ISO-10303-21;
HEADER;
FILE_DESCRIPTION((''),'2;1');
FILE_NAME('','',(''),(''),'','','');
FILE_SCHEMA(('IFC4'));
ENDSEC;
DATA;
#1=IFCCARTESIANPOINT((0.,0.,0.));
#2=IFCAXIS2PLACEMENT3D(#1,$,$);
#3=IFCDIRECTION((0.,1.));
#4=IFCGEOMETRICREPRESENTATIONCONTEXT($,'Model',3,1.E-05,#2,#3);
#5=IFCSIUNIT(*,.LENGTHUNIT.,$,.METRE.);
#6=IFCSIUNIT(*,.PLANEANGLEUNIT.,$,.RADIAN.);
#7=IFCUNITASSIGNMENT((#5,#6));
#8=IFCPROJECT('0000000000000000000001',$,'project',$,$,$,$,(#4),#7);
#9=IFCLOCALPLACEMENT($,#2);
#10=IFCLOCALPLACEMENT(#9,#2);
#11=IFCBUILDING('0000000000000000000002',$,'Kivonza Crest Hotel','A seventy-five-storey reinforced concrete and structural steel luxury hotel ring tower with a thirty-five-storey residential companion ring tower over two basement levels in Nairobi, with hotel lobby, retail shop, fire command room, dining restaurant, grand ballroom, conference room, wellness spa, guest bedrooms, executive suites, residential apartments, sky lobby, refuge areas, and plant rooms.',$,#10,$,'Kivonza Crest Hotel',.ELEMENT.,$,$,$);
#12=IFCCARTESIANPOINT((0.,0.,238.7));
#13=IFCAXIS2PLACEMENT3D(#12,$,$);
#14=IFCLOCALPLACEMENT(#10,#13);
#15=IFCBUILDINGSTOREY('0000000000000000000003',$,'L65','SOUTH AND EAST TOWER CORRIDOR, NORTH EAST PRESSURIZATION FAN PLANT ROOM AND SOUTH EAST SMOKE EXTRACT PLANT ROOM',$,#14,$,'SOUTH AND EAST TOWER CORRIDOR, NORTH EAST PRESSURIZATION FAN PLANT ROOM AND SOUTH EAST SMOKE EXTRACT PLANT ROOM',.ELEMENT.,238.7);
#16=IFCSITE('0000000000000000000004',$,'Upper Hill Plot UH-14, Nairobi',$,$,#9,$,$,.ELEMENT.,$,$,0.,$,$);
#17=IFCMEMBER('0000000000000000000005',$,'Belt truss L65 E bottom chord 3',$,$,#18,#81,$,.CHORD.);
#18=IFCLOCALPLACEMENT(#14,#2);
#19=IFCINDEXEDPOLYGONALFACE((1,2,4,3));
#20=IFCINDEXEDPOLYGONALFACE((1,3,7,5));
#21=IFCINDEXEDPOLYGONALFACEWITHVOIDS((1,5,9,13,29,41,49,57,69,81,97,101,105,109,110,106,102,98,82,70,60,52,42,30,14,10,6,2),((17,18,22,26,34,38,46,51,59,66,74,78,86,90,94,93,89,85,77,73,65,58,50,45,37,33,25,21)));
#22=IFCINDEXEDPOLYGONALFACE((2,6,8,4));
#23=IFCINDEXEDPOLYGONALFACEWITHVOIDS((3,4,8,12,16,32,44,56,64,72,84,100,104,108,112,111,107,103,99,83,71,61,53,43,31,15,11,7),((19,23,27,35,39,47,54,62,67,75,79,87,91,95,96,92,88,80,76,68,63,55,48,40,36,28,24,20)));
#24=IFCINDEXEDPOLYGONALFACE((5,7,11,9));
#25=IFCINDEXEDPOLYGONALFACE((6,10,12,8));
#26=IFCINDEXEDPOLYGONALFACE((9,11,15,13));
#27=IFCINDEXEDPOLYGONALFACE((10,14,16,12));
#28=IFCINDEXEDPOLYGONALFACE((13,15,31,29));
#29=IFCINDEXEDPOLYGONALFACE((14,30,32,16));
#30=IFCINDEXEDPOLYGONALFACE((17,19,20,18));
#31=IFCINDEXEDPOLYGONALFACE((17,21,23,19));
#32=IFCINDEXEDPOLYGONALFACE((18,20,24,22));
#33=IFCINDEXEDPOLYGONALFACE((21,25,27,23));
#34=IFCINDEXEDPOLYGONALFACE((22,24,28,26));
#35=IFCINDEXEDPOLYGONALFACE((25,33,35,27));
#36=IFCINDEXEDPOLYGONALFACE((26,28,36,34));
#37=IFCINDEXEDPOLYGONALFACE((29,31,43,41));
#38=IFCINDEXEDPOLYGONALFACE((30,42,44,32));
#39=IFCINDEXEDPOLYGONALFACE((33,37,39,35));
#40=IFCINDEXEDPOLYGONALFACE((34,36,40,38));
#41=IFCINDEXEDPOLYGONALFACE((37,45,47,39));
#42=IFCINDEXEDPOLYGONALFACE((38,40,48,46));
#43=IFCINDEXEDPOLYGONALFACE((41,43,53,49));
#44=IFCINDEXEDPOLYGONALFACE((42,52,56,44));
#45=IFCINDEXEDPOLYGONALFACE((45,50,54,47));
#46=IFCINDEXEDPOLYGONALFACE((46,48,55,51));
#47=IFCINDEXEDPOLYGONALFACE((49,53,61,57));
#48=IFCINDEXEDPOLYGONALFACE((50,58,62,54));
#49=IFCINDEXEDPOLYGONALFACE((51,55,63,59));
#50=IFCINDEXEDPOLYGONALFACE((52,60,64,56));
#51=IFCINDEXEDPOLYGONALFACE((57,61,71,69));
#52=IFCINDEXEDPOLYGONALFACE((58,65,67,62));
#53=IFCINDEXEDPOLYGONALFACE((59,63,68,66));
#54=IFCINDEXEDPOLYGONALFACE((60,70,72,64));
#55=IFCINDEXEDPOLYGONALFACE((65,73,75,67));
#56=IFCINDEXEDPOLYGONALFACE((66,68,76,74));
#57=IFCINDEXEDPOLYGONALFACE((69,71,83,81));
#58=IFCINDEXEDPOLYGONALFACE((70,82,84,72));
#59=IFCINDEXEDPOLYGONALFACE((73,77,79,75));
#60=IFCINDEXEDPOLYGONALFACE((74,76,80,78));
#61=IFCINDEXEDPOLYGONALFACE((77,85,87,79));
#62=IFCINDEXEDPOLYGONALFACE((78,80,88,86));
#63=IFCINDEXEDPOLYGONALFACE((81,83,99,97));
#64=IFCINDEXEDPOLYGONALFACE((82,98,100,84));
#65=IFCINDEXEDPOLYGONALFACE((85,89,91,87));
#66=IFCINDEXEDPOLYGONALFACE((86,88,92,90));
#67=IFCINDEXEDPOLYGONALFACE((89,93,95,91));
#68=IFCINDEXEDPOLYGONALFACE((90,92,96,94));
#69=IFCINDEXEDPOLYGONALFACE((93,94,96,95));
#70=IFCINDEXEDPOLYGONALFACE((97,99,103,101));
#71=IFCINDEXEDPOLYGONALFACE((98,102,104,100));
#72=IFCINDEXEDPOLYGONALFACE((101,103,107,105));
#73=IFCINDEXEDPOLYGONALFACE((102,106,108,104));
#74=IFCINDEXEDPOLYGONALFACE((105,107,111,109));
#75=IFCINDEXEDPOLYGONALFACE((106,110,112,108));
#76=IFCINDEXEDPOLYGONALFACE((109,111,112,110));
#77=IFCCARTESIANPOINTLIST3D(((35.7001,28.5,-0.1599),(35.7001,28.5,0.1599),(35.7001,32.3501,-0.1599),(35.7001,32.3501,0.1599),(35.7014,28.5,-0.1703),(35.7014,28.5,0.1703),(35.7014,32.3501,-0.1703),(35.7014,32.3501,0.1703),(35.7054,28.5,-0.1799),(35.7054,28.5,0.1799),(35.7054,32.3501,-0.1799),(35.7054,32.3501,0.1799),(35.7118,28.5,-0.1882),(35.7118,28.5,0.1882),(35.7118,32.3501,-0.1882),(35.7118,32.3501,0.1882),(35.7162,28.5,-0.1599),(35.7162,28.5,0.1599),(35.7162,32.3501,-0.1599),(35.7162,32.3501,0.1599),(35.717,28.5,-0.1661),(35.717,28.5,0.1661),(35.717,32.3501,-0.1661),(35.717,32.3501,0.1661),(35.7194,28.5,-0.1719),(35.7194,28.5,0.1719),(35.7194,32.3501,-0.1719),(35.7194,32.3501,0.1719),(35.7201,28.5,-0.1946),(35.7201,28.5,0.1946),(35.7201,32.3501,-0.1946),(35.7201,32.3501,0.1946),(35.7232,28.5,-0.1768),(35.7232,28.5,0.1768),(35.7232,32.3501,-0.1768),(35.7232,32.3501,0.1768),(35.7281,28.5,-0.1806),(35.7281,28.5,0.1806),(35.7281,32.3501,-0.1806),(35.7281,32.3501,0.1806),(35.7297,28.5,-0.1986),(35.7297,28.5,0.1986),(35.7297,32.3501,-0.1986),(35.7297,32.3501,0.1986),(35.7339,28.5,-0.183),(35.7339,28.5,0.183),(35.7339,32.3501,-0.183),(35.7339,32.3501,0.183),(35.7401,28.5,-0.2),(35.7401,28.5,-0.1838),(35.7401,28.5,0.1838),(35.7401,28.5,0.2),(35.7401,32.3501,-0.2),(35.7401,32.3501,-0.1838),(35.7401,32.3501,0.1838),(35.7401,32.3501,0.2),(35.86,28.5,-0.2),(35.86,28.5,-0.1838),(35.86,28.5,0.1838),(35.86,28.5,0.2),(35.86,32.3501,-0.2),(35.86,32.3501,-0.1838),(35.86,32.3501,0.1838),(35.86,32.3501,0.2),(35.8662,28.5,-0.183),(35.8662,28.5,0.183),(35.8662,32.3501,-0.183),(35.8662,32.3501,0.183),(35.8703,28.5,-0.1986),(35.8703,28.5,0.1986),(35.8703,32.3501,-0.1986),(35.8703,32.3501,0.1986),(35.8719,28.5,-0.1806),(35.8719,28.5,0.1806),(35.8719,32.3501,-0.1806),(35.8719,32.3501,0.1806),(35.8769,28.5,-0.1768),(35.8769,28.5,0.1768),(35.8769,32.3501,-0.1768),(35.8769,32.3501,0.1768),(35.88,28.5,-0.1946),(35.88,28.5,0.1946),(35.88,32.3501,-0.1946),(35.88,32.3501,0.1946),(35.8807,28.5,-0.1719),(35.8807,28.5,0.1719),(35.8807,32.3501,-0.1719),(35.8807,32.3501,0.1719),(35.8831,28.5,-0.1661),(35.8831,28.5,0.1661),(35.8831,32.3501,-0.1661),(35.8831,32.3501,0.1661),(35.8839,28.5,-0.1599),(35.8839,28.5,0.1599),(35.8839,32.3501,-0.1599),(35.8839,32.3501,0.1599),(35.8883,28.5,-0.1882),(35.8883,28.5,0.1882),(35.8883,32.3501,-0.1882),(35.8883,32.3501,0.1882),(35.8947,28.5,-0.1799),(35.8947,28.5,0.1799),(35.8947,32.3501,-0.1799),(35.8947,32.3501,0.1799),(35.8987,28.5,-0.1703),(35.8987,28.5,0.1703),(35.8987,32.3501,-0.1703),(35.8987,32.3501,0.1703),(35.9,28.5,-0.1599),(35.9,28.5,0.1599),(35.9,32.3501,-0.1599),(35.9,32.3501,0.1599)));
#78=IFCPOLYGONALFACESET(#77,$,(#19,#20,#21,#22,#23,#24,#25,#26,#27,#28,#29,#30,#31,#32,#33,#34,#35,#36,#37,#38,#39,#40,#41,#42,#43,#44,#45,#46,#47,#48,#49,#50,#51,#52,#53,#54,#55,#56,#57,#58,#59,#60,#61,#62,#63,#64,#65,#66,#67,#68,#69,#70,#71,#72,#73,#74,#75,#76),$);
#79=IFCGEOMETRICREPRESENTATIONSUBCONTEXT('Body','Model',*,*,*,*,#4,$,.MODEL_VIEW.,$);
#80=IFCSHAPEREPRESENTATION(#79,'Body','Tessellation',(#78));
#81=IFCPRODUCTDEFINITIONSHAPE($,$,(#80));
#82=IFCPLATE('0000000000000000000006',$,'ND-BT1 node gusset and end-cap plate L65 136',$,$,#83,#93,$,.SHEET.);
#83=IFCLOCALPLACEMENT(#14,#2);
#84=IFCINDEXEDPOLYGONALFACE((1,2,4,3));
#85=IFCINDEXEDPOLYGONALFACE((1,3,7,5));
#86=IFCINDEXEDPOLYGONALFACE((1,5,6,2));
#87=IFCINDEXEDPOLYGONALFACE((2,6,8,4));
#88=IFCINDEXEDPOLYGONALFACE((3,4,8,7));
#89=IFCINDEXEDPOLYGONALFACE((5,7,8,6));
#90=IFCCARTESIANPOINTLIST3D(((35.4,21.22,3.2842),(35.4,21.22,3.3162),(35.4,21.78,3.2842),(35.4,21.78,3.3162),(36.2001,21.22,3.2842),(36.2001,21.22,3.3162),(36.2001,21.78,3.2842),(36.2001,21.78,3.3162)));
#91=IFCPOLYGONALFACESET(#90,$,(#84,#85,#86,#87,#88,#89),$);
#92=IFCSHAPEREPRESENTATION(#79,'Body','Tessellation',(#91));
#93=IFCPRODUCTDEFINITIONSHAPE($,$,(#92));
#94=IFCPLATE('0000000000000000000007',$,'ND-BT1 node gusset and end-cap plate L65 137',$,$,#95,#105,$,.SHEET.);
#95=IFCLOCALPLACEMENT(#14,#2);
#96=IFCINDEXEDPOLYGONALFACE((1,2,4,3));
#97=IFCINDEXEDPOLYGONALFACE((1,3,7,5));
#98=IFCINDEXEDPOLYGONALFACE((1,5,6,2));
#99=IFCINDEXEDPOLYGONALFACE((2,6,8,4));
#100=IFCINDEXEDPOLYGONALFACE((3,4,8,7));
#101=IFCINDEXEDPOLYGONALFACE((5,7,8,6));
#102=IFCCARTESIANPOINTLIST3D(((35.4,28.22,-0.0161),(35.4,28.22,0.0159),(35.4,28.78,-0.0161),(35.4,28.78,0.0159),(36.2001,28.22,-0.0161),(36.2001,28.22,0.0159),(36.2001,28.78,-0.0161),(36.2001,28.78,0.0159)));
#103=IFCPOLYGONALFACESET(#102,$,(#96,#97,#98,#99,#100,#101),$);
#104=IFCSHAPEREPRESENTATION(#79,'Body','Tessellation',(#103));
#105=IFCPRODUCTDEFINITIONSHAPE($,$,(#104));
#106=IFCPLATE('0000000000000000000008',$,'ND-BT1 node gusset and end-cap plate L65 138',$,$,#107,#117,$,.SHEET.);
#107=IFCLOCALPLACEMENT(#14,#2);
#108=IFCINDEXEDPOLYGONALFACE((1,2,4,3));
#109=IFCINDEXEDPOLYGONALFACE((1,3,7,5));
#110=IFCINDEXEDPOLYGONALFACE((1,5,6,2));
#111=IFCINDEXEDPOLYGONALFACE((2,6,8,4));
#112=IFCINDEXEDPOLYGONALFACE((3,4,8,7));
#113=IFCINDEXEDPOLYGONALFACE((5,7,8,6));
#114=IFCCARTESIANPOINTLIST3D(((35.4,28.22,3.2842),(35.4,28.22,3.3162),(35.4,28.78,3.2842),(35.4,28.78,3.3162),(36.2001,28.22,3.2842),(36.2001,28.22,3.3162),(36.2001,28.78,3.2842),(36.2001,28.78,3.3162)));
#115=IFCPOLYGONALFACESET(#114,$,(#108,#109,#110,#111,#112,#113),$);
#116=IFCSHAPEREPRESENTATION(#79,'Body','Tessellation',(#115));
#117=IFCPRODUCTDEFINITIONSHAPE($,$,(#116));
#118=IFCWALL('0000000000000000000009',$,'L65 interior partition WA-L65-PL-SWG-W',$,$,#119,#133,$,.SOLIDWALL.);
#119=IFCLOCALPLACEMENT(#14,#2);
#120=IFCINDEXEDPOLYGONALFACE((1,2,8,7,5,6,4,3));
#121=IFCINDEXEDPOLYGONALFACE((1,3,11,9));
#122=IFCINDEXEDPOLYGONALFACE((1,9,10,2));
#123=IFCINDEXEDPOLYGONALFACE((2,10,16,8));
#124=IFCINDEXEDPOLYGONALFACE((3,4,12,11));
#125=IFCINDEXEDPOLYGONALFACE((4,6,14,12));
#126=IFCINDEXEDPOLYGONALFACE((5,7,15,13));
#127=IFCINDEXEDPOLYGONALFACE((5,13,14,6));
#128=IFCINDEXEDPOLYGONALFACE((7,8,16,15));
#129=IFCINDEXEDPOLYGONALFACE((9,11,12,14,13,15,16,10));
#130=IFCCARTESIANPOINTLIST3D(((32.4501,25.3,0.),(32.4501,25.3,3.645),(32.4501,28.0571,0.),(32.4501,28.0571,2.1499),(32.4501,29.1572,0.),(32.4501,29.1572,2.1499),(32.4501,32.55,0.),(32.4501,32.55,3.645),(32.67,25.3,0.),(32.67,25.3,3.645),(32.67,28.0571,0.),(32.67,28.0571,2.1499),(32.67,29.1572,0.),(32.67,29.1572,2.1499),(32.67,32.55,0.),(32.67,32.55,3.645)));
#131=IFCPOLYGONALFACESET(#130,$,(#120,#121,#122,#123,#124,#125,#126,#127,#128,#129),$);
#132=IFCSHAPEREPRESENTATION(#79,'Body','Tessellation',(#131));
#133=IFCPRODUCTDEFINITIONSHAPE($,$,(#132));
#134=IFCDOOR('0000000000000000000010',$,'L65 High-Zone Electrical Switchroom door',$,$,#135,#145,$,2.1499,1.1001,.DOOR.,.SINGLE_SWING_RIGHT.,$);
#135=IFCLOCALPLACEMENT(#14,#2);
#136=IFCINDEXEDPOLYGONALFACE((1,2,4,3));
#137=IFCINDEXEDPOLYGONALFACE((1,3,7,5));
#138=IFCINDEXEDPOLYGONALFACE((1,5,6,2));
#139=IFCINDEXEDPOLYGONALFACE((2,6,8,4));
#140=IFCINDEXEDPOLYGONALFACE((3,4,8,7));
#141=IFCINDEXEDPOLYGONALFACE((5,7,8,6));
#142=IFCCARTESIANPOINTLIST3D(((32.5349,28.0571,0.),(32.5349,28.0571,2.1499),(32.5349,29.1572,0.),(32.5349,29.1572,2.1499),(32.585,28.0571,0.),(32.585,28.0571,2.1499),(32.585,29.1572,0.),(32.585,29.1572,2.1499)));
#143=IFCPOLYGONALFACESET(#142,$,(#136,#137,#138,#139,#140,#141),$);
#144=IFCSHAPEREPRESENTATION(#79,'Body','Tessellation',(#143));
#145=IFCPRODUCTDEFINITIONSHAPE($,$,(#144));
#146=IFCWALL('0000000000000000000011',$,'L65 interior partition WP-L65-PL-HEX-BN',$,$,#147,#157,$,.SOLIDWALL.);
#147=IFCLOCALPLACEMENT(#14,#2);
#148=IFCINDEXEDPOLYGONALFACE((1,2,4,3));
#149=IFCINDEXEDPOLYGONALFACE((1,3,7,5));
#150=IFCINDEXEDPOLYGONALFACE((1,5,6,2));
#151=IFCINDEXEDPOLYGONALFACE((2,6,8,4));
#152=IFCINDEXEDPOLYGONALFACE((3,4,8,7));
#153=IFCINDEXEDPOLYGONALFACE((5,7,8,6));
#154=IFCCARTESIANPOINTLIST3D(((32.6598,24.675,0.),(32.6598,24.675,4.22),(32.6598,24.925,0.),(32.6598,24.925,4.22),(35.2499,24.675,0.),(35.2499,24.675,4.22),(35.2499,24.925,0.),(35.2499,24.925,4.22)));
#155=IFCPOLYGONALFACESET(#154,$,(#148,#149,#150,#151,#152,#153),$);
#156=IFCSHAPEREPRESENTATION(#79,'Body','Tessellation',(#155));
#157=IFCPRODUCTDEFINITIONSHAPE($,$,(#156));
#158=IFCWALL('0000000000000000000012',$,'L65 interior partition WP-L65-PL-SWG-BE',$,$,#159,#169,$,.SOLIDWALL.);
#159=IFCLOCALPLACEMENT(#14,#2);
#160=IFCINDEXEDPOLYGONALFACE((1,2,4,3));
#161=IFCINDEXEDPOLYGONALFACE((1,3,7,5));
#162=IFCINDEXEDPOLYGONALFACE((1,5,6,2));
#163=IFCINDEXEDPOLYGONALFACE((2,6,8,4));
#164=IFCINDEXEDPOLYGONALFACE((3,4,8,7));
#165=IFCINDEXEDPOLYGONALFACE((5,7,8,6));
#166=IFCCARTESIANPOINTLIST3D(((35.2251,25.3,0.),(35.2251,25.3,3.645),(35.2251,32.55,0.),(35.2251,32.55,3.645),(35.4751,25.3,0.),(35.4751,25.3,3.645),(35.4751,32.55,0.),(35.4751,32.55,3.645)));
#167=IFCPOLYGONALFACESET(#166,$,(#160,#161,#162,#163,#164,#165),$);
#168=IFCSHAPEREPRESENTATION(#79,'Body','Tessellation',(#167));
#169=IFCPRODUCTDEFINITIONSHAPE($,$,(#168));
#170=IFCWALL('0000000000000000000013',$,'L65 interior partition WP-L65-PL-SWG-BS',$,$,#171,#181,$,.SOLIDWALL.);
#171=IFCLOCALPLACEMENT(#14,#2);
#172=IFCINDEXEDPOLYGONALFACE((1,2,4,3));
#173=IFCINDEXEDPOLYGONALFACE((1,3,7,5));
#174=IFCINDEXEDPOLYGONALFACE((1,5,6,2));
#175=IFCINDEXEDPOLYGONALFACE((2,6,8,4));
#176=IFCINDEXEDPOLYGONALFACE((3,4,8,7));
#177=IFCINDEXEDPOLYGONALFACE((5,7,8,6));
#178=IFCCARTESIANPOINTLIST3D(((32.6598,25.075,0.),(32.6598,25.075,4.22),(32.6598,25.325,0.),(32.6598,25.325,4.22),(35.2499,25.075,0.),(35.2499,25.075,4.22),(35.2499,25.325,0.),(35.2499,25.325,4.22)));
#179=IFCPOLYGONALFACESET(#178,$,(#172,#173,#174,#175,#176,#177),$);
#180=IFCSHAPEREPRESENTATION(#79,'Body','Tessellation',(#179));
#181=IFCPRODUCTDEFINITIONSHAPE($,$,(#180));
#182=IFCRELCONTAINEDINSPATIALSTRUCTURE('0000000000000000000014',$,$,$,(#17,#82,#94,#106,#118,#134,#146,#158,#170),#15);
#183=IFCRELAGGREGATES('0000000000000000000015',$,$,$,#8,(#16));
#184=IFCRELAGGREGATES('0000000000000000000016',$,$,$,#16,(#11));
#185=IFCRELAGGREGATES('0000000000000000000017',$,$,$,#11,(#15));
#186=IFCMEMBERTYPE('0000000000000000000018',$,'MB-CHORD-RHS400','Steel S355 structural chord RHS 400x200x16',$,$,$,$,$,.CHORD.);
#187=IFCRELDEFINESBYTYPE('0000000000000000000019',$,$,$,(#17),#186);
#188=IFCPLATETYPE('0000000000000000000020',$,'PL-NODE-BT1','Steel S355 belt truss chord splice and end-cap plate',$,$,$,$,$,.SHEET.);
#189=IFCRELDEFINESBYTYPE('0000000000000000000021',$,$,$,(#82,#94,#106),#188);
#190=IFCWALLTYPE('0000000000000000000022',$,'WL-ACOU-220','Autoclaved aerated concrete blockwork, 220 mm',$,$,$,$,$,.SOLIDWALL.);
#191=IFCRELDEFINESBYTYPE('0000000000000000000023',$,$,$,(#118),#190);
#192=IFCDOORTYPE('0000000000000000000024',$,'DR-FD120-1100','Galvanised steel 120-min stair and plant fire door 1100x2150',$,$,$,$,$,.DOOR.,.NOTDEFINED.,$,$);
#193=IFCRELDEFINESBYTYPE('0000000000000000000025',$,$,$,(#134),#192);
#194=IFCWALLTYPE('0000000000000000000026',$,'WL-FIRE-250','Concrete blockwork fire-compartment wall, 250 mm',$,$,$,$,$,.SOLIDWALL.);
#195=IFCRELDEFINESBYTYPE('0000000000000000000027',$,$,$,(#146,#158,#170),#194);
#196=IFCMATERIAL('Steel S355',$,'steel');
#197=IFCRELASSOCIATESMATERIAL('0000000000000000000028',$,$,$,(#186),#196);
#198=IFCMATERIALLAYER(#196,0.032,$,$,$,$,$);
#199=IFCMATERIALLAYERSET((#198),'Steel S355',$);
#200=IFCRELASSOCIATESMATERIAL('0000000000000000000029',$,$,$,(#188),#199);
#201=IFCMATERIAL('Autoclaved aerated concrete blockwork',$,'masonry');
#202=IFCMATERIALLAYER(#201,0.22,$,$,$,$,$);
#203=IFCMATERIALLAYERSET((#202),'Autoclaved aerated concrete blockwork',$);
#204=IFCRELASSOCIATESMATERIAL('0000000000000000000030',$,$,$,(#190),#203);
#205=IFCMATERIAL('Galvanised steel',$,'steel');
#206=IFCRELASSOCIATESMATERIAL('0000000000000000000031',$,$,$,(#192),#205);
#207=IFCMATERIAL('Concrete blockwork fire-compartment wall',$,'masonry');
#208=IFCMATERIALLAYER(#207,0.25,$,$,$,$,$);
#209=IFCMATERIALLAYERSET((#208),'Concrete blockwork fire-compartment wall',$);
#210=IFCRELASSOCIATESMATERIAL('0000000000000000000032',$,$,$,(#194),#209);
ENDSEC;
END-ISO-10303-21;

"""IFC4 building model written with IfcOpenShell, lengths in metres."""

from ifc_helpers import new_model, si_unit, direction, frame, frame_2d, origin, origin_2d, place, context, subcontext, project, spatial, rectangle, hollow_rectangle, extrude, material, layer, layer_set, material_profile, profile_set, type_object, element, fill, save


model = new_model("IFC4")

# Units and contexts
model_context = context("Model", 3, precision=1e-05, world=origin(), true_north=direction((0.0, 1.0)))
body_context = subcontext(model_context, "Body", "Model", "MODEL_VIEW")
ifc_project = project(units=[si_unit("LENGTHUNIT", "METRE"), si_unit("PLANEANGLEUNIT", "RADIAN")], contexts=[model_context])

# Site, building, storey
site_placement = place(None, origin())
site = spatial("IfcSite", under=ifc_project, at=site_placement, Name="Upper Hill Plot UH-14, Nairobi", CompositionType="ELEMENT", RefElevation=0.0)
building_placement = place(site_placement, origin())
building = spatial("IfcBuilding", under=site, at=building_placement, Name="Kivonza Crest Hotel", Description="A seventy-five-storey reinforced concrete and structural steel luxury hotel ring tower with a thirty-five-storey residential companion ring tower over two basement levels in Nairobi, with hotel lobby, retail shop, fire command room, dining restaurant, grand ballroom, conference room, wellness spa, guest bedrooms, executive suites, residential apartments, sky lobby, refuge areas, and plant rooms.", LongName="Kivonza Crest Hotel", CompositionType="ELEMENT")
storey_placement = place(building_placement, frame((0.0, 0.0, 238.7)))
storey = spatial("IfcBuildingStorey", under=building, at=storey_placement, Name="L65", Description="SOUTH AND EAST TOWER CORRIDOR, NORTH EAST PRESSURIZATION FAN PLANT ROOM AND SOUTH EAST SMOKE EXTRACT PLANT ROOM", LongName="SOUTH AND EAST TOWER CORRIDOR, NORTH EAST PRESSURIZATION FAN PLANT ROOM AND SOUTH EAST SMOKE EXTRACT PLANT ROOM", CompositionType="ELEMENT", Elevation=238.7)

# Shared definitions
ifc_material_1 = material(Name="Steel S355", Category="steel")

# Member
ifc_material_profile_1 = material_profile(ifc_material_1, hollow_rectangle(XDim=0.2, YDim=0.3999, WallThickness=0.0161, InnerFilletRadius=0.0239, OuterFilletRadius=0.04, at=origin_2d()), Name="RHS 400x200x16")
ifc_profile_set_1 = profile_set([ifc_material_profile_1], Name="Steel S355")
member_type_1 = type_object("IfcMemberType", Name="MB-CHORD-RHS400", Description="Steel S355 structural chord RHS 400x200x16", PredefinedType="CHORD", material=ifc_profile_set_1)
member_1_placement = place(storey_placement, frame((35.8, 28.5, 0.0), z_axis=(0.0, 1.0, 0.0), x_axis=(-1.0, 0.0, 0.0)))
element("IfcMember", 1, at=member_1_placement, inside=storey, type_object=member_type_1, Name="Belt truss L65 E bottom chord 3", PredefinedType="CHORD", context=body_context, shape_type="SweptSolid", body=[
    extrude(hollow_rectangle(XDim=0.2, YDim=0.3999, WallThickness=0.0161, InnerFilletRadius=0.0239, OuterFilletRadius=0.04, at=origin_2d()), origin(), (0.0, 0.0, 1.0), 3.8501),
])

# Plates
ifc_layer_1 = layer(ifc_material_1, 0.032)
ifc_layer_set_1 = layer_set([ifc_layer_1], Name="Steel S355")
plate_type = type_object("IfcPlateType", Name="PL-NODE-BT1", Description="Steel S355 belt truss chord splice and end-cap plate", PredefinedType="SHEET", material=ifc_layer_set_1)
for number, where, z_axis, x_axis, name in (
    (2, (35.8, 21.5, 3.2842), (0.0, 0.0, 1.0), (1.0, 0.0, 0.0), "ND-BT1 node gusset and end-cap plate L65 136"),
    (3, (35.8, 28.5, -0.0161), (0.0, 0.0, 1.0), (1.0, 0.0, 0.0), "ND-BT1 node gusset and end-cap plate L65 137"),
    (4, (35.8, 28.5, 3.2842), (0.0, 0.0, 1.0), (1.0, 0.0, 0.0), "ND-BT1 node gusset and end-cap plate L65 138"),
):
    element("IfcPlate", number, at=place(storey_placement, frame(where, z_axis=z_axis, x_axis=x_axis)), inside=storey, type_object=plate_type, Name=name, PredefinedType="SHEET", context=body_context, shape_type="SweptSolid", body=[
        extrude(rectangle(XDim=0.8, YDim=0.5601, at=origin_2d()), origin(), (0.0, 0.0, 1.0), 0.032),
    ])

# Wall, opening, door
ifc_material_2 = material(Name="Autoclaved aerated concrete blockwork", Category="masonry")
ifc_layer_2 = layer(ifc_material_2, 0.22)
ifc_layer_set_2 = layer_set([ifc_layer_2], Name="Autoclaved aerated concrete blockwork")
wall_type_1 = type_object("IfcWallType", Name="WL-ACOU-220", Description="Autoclaved aerated concrete blockwork, 220 mm", PredefinedType="SOLIDWALL", material=ifc_layer_set_2)
wall_1_placement = place(storey_placement, frame((32.5601, 25.3, 0.0), z_axis=(0.0, 0.0, 1.0), x_axis=(0.0, 1.0, 0.0)))
wall_1 = element("IfcWall", 5, at=wall_1_placement, inside=storey, type_object=wall_type_1, Name="L65 interior partition WA-L65-PL-SWG-W", PredefinedType="SOLIDWALL", context=body_context, shape_type="SweptSolid", body=[
    extrude(rectangle(XDim=7.25, YDim=0.22, at=frame_2d((3.625, 0.0))), origin(), (0.0, 0.0, 1.0), 3.645),
])
opening_placement = place(wall_1_placement, frame((2.7571, 0.0, 0.0)))
opening = element("IfcOpeningElement", 6, at=opening_placement, cuts=wall_1, PredefinedType="OPENING", context=body_context, shape_type="SweptSolid", body=[
    extrude(rectangle(XDim=1.1001, YDim=2.1499, at=frame_2d((0.55, 1.075))), frame((0.0, 0.1201, 0.0), z_axis=(0.0, -1.0, 0.0), x_axis=(1.0, 0.0, 0.0)), (0.0, 0.0, 1.0), 0.24),
])
ifc_material_3 = material(Name="Galvanised steel", Category="steel")
door_type = type_object("IfcDoorType", Name="DR-FD120-1100", Description="Galvanised steel 120-min stair and plant fire door 1100x2150", OperationType="NOTDEFINED", PredefinedType="DOOR", material=ifc_material_3)
door_placement = place(opening_placement, frame((1.1001, 0.0, 0.0), z_axis=(0.0, 0.0, 1.0), x_axis=(-1.0, 0.0, 0.0)))
door = element("IfcDoor", 7, at=door_placement, inside=storey, type_object=door_type, Name="L65 High-Zone Electrical Switchroom door", OperationType="SINGLE_SWING_RIGHT", OverallHeight=2.1499, OverallWidth=1.1001, PredefinedType="DOOR", context=body_context, shape_type="SweptSolid", body=[
    extrude(rectangle(XDim=1.1001, YDim=2.1499, at=frame_2d((0.55, 1.075))), frame((0.0, 0.0249, 0.0), z_axis=(0.0, -1.0, 0.0), x_axis=(1.0, 0.0, 0.0)), (0.0, 0.0, 1.0), 0.05),
])
fill(opening, door)

# Walls
ifc_material_4 = material(Name="Concrete blockwork fire-compartment wall", Category="masonry")
ifc_layer_3 = layer(ifc_material_4, 0.25)
ifc_layer_set_3 = layer_set([ifc_layer_3], Name="Concrete blockwork fire-compartment wall")
wall_type_2 = type_object("IfcWallType", Name="WL-FIRE-250", Description="Concrete blockwork fire-compartment wall, 250 mm", PredefinedType="SOLIDWALL", material=ifc_layer_set_3)
wall_2_placement = place(storey_placement, frame((32.6599, 24.8, 0.0), z_axis=(0.0, 0.0, 1.0), x_axis=(1.0, 0.0, 0.0)))
element("IfcWall", 8, at=wall_2_placement, inside=storey, type_object=wall_type_2, Name="L65 interior partition WP-L65-PL-HEX-BN", PredefinedType="SOLIDWALL", context=body_context, shape_type="SweptSolid", body=[
    extrude(rectangle(XDim=2.5901, YDim=0.25, at=frame_2d((1.2949, 0.0))), origin(), (0.0, 0.0, 1.0), 4.22),
])
wall_3_placement = place(storey_placement, frame((35.3501, 25.3, 0.0), z_axis=(0.0, 0.0, 1.0), x_axis=(0.0, 1.0, 0.0)))
element("IfcWall", 9, at=wall_3_placement, inside=storey, type_object=wall_type_2, Name="L65 interior partition WP-L65-PL-SWG-BE", PredefinedType="SOLIDWALL", context=body_context, shape_type="SweptSolid", body=[
    extrude(rectangle(XDim=7.25, YDim=0.25, at=frame_2d((3.625, 0.0))), origin(), (0.0, 0.0, 1.0), 3.645),
])
wall_4_placement = place(storey_placement, frame((32.6599, 25.2, 0.0), z_axis=(0.0, 0.0, 1.0), x_axis=(1.0, 0.0, 0.0)))
element("IfcWall", 10, at=wall_4_placement, inside=storey, type_object=wall_type_2, Name="L65 interior partition WP-L65-PL-SWG-BS", PredefinedType="SOLIDWALL", context=body_context, shape_type="SweptSolid", body=[
    extrude(rectangle(XDim=2.5901, YDim=0.25, at=frame_2d((1.2949, 0.0))), origin(), (0.0, 0.0, 1.0), 4.22),
])

save(model, "model.ifc")
